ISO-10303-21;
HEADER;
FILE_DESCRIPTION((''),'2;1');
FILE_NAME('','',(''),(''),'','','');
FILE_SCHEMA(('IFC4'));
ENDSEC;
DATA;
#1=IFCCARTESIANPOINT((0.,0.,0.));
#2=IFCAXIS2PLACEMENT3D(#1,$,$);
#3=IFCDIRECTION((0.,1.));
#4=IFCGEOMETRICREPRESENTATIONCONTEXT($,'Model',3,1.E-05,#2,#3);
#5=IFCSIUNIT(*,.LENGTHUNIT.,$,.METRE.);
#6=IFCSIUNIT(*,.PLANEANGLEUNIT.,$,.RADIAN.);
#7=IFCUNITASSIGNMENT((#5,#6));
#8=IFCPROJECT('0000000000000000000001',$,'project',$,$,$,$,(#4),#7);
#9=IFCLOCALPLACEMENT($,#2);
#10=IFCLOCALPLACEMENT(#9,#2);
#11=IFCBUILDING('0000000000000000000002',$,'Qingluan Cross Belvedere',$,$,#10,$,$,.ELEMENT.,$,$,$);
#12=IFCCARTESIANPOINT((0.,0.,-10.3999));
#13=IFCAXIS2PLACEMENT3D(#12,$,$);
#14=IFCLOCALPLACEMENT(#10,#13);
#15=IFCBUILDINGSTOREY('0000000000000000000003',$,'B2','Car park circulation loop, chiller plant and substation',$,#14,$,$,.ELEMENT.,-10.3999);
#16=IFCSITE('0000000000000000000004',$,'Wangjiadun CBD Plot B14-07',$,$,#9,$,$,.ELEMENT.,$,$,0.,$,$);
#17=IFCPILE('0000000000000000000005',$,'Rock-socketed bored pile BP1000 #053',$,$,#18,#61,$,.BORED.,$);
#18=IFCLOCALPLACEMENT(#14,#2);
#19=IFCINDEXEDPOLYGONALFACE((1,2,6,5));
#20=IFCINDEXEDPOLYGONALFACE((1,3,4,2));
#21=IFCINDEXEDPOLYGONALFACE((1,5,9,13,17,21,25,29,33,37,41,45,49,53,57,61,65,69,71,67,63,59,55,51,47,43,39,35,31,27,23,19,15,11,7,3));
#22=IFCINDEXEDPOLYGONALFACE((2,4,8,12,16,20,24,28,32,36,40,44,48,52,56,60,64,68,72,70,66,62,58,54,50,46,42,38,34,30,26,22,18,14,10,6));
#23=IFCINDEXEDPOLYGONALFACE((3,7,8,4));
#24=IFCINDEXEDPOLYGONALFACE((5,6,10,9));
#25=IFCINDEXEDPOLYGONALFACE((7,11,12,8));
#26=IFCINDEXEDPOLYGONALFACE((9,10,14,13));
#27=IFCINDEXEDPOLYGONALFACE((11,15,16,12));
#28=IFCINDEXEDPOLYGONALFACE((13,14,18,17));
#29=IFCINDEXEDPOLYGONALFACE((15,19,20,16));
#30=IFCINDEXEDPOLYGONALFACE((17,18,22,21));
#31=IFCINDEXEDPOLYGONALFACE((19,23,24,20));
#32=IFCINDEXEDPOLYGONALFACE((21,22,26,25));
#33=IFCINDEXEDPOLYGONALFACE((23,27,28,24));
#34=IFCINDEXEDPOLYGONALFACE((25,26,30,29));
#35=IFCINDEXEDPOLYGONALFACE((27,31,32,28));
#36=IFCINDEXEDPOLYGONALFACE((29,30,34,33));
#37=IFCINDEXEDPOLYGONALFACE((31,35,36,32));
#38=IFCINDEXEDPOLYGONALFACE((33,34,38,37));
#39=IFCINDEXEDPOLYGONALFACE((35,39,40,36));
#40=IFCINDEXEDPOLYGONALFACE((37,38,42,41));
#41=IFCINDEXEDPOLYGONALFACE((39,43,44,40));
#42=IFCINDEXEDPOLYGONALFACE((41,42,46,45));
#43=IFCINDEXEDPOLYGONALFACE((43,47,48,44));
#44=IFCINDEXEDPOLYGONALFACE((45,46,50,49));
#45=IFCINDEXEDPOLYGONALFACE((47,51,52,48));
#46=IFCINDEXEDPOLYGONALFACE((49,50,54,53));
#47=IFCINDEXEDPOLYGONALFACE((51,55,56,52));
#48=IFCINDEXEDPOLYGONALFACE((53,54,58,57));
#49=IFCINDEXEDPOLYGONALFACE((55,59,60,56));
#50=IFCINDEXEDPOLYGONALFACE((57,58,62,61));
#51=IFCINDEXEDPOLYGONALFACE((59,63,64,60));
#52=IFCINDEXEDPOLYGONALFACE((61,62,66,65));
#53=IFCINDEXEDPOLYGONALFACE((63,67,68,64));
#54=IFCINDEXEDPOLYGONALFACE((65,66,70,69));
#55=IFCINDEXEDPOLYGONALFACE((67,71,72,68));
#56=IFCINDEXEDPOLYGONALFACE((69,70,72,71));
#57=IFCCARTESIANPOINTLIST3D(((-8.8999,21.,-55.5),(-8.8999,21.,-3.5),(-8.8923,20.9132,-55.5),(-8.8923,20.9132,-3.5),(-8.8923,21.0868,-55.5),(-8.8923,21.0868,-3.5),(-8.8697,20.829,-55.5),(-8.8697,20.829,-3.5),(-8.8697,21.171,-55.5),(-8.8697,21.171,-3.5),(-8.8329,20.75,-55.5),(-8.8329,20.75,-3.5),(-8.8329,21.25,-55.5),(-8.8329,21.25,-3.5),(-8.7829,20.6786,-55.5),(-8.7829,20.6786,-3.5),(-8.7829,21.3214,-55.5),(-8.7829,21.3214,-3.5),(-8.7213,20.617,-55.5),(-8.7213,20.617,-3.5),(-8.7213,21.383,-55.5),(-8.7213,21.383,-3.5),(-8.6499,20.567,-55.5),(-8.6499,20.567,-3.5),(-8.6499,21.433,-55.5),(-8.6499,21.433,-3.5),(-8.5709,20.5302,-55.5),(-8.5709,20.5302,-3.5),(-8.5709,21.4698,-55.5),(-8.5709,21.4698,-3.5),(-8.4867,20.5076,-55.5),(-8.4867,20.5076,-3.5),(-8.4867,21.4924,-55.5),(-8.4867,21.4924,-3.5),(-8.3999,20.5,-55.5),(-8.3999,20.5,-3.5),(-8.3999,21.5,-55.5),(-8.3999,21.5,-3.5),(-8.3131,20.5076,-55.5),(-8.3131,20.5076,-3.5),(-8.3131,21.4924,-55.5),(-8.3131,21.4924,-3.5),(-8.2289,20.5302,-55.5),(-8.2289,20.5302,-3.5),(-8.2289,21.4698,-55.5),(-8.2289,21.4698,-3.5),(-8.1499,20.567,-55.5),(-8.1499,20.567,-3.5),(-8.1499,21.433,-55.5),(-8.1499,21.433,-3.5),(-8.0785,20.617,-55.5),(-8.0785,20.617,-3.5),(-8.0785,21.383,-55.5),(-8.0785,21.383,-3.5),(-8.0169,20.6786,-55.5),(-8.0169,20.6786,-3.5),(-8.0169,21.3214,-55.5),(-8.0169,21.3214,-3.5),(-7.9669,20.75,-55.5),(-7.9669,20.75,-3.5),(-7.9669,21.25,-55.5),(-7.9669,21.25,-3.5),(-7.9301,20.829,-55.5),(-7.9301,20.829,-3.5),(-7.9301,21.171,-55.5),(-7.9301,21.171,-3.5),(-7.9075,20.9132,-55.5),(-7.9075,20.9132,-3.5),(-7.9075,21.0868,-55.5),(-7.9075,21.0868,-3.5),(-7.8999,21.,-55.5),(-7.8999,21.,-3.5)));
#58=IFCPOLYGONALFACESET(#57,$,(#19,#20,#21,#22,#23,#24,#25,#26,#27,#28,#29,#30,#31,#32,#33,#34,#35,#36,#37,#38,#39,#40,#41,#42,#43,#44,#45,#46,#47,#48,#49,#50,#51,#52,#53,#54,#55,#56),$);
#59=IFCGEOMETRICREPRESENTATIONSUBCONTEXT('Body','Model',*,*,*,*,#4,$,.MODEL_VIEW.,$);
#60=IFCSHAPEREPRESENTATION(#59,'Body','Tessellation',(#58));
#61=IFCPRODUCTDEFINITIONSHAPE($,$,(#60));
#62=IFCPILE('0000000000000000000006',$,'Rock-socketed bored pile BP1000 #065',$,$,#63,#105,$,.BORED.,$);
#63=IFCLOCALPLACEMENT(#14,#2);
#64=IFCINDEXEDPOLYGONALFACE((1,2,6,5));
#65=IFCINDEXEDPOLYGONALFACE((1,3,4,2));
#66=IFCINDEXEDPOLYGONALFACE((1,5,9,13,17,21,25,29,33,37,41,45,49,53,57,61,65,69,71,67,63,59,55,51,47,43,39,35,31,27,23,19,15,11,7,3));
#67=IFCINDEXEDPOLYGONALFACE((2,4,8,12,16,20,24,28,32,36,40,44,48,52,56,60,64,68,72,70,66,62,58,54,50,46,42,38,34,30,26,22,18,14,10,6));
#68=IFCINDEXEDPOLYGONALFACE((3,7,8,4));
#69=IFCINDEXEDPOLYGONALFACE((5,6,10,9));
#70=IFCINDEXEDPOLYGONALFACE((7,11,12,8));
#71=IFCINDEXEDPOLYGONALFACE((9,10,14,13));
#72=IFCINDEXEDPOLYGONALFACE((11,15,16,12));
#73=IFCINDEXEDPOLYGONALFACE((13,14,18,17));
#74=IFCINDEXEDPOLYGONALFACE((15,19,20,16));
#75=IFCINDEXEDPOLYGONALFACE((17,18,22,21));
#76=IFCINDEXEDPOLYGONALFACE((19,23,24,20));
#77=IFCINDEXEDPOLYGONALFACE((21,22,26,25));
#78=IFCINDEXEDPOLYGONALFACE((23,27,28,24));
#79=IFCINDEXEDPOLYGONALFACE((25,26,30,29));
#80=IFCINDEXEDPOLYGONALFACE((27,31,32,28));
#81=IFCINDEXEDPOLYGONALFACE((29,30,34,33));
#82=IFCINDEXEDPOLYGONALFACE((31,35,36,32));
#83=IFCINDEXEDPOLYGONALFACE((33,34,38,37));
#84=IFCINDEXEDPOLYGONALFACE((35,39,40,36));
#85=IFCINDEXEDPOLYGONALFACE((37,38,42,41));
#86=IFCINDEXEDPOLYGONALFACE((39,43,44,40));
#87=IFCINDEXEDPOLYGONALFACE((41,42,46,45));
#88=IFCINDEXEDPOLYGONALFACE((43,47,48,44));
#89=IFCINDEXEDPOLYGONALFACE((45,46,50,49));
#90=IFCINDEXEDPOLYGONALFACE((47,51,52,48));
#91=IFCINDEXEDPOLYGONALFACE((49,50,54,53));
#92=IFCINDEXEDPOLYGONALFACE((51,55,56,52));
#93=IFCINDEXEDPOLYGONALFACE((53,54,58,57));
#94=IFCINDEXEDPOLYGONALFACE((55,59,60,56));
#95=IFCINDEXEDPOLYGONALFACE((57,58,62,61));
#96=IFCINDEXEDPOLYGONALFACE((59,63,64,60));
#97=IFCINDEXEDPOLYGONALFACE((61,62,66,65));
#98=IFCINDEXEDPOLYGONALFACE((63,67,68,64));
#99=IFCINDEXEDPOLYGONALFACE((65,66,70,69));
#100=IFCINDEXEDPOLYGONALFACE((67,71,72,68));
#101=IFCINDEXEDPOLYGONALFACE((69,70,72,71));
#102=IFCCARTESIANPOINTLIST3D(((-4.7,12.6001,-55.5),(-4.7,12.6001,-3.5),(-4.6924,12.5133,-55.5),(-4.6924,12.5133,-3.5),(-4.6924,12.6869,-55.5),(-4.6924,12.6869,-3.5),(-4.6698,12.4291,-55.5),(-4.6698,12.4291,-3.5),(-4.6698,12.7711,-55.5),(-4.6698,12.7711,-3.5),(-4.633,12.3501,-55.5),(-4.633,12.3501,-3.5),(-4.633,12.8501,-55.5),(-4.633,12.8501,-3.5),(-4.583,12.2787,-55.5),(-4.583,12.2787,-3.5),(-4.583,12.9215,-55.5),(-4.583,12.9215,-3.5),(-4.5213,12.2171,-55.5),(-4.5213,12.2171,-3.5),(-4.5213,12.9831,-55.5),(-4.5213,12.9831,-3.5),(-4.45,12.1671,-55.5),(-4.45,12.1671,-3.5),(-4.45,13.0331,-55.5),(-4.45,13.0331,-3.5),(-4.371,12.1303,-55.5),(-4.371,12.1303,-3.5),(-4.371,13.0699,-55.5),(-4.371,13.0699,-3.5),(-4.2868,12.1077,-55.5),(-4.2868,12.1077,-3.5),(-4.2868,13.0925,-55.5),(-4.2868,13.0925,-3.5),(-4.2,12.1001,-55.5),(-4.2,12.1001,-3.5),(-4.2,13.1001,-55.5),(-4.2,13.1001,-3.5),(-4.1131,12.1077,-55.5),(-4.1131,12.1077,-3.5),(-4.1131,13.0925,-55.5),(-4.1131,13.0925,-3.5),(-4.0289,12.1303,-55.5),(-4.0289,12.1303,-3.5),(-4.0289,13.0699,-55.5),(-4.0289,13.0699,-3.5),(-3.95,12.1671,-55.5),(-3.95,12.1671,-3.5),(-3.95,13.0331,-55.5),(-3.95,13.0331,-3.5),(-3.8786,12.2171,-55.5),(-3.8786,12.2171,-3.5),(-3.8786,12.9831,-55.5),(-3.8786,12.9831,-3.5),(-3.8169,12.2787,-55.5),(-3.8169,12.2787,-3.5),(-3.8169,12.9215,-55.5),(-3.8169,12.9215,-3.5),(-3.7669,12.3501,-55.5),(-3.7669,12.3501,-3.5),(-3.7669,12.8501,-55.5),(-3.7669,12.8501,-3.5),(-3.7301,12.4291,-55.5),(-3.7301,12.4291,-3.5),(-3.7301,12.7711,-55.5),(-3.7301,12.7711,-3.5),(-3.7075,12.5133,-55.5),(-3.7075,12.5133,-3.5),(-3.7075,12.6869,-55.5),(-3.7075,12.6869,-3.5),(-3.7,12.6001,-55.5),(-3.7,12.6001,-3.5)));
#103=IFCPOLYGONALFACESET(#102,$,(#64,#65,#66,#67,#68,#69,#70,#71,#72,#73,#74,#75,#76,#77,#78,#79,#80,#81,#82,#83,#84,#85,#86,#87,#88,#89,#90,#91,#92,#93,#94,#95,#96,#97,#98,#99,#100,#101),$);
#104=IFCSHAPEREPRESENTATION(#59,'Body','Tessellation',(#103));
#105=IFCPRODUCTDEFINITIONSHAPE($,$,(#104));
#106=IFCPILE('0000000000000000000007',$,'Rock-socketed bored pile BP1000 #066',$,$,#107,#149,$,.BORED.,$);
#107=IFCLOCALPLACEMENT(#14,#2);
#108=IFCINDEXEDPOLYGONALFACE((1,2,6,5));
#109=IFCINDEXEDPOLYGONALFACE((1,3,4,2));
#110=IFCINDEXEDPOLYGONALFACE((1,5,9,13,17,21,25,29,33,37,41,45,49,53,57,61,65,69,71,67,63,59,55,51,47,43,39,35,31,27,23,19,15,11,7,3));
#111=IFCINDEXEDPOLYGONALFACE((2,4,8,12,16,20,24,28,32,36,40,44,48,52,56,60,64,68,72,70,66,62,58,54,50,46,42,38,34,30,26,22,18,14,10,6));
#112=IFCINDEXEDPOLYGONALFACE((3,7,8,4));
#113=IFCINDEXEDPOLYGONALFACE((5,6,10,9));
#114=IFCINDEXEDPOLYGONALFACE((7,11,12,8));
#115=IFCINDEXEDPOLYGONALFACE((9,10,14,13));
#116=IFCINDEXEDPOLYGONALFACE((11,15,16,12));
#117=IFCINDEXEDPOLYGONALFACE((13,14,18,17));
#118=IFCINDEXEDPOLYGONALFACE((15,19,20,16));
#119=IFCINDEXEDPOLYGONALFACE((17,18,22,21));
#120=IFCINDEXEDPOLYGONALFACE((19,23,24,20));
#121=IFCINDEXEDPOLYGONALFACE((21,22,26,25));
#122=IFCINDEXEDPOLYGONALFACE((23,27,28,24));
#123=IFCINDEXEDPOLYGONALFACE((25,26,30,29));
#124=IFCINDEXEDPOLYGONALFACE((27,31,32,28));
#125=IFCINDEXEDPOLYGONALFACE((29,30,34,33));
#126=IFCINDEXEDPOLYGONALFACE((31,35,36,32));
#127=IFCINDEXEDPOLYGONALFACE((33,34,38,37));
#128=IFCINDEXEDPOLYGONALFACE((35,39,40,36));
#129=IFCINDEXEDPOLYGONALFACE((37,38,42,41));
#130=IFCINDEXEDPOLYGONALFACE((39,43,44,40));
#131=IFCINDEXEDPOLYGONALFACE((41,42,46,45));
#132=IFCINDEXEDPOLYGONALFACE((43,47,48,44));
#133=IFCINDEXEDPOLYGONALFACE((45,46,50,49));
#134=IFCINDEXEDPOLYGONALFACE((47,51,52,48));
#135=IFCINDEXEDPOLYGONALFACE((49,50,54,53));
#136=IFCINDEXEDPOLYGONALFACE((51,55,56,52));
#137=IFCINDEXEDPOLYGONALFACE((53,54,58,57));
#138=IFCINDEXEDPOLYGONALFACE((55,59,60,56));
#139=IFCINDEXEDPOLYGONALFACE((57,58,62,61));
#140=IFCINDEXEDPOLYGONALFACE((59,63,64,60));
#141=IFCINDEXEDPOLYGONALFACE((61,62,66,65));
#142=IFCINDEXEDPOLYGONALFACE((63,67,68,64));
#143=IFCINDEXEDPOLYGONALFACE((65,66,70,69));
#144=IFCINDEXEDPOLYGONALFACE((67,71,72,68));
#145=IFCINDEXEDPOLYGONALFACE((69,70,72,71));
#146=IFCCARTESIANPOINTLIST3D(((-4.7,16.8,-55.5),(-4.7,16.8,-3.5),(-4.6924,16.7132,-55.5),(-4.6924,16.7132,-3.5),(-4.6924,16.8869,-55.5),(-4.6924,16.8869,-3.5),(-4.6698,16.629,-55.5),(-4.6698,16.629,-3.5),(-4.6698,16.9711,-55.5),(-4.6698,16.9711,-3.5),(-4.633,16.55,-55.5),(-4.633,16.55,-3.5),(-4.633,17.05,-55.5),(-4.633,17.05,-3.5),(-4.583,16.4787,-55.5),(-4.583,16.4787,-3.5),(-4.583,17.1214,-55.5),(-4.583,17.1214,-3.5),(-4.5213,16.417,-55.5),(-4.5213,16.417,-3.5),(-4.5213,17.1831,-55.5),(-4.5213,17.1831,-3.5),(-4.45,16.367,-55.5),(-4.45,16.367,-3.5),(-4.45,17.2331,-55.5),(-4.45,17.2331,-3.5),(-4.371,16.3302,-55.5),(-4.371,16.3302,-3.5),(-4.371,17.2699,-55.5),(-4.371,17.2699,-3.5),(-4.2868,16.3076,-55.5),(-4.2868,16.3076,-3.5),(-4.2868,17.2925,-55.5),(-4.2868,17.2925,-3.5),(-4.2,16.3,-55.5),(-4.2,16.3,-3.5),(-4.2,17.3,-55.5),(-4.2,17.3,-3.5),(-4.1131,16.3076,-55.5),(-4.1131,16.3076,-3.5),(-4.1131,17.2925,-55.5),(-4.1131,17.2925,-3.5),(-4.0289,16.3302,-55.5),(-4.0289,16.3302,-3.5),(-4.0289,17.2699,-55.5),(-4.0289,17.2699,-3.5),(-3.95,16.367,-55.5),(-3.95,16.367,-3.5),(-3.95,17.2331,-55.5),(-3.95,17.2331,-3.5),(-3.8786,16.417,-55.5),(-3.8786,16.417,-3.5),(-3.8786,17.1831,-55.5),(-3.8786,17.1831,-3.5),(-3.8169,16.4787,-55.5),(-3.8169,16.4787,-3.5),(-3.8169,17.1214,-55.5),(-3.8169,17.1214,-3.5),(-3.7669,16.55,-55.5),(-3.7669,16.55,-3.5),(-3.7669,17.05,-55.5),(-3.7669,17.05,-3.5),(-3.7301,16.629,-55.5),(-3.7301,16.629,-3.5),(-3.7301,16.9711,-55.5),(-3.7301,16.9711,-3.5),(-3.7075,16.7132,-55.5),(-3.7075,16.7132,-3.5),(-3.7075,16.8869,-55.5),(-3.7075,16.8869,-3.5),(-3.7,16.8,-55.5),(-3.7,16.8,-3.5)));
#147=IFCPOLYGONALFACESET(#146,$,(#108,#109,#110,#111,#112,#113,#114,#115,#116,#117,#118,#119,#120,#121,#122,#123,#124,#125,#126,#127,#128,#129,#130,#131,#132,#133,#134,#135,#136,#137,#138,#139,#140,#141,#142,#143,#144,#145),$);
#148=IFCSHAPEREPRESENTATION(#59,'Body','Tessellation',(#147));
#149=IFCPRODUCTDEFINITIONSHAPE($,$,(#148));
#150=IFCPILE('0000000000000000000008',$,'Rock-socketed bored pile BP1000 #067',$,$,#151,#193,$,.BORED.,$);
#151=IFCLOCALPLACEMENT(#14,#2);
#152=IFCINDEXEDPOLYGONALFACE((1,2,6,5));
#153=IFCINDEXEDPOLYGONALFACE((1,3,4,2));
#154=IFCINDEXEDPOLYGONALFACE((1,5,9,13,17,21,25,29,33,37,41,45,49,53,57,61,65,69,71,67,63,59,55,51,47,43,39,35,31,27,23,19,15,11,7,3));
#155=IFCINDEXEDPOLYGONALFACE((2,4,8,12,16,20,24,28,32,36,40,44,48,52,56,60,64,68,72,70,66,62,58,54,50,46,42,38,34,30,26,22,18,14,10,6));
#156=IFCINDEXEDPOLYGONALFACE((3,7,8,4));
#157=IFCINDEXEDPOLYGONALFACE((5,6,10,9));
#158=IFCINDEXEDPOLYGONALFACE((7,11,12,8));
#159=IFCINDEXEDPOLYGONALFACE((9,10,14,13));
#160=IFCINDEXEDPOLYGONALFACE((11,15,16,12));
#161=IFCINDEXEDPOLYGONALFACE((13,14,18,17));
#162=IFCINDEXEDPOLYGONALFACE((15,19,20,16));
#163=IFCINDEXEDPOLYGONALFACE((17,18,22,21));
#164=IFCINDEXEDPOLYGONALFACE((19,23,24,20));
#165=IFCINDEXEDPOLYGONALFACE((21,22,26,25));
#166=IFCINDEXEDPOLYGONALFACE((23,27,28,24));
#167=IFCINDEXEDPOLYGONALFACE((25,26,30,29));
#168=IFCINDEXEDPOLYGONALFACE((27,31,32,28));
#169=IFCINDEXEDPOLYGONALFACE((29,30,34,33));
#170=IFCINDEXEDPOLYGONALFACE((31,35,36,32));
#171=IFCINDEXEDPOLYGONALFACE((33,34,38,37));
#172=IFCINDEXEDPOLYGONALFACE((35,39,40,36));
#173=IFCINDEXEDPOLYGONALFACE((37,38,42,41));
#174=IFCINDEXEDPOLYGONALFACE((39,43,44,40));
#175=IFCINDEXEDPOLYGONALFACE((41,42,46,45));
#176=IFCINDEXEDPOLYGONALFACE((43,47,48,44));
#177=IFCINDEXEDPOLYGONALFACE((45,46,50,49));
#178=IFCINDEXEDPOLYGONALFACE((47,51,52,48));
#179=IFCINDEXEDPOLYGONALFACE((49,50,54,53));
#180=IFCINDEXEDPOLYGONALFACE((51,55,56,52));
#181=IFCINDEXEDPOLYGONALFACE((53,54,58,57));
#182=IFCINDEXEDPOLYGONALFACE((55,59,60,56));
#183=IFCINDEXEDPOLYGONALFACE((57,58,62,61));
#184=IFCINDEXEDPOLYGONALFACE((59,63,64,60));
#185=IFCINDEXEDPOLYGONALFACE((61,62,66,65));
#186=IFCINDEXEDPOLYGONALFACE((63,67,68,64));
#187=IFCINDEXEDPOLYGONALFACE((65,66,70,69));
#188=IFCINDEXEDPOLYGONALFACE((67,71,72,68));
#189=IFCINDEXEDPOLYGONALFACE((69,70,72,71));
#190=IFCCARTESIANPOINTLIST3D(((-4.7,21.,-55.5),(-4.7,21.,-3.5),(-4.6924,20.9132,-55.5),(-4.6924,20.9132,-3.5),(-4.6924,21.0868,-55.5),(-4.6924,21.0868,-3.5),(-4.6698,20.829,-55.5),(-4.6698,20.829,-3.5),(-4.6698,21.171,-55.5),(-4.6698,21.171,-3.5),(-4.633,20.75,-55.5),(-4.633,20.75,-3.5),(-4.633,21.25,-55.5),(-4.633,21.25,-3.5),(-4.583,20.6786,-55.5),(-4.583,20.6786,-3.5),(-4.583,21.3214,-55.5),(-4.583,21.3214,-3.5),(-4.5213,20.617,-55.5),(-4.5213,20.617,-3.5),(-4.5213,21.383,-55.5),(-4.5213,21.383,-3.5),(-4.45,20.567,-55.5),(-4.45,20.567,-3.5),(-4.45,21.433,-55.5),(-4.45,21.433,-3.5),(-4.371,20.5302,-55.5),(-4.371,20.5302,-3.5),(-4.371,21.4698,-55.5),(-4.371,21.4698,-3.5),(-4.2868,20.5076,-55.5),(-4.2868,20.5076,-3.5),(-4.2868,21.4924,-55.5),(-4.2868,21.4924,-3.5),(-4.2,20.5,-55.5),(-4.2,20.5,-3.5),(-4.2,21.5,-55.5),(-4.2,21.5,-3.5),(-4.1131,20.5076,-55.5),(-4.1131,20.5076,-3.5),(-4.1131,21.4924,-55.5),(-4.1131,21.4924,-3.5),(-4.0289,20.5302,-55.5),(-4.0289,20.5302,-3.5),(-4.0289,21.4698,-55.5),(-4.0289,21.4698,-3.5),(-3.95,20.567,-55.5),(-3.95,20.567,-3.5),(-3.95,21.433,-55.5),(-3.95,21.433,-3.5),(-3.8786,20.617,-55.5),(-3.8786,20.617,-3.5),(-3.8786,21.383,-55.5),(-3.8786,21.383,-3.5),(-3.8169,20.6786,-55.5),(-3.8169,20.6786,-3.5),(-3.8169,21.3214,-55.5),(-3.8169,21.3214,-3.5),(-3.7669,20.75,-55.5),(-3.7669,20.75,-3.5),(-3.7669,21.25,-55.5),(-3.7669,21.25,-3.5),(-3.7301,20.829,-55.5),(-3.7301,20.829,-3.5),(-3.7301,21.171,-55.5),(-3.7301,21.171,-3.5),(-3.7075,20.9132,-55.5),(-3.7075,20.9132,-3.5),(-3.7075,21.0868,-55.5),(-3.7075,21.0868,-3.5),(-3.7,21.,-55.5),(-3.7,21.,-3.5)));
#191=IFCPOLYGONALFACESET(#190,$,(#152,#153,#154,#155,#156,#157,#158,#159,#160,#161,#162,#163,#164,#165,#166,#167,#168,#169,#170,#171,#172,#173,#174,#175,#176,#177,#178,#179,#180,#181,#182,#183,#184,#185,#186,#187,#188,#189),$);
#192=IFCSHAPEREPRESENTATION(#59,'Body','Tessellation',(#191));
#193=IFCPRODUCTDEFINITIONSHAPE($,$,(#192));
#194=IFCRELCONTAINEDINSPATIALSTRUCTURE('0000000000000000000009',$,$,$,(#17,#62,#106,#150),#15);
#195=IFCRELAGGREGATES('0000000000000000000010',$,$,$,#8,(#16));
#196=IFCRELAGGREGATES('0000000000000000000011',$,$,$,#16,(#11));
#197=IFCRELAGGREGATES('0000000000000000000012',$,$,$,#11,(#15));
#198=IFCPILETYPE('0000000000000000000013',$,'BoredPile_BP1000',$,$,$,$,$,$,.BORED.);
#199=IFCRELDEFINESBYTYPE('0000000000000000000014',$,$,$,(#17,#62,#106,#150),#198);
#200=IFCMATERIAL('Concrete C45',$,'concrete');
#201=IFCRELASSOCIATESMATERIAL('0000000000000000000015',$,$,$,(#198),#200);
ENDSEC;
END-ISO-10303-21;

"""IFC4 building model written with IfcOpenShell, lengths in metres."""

from ifc_helpers import new_model, si_unit, direction, frame, origin, origin_2d, place, context, subcontext, project, spatial, circle, extrude, material, material_profile, profile_set, type_object, element, save


model = new_model("IFC4")

# Units and contexts
model_context = context("Model", 3, precision=1e-05, world=origin(), true_north=direction((0.0, 1.0)))
body_context = subcontext(model_context, "Body", "Model", "MODEL_VIEW")
ifc_project = project(units=[si_unit("LENGTHUNIT", "METRE"), si_unit("PLANEANGLEUNIT", "RADIAN")], contexts=[model_context])

# Site, building, storey
site_placement = place(None, origin())
site = spatial("IfcSite", under=ifc_project, at=site_placement, Name="Wangjiadun CBD Plot B14-07", CompositionType="ELEMENT", RefElevation=0.0)
building_placement = place(site_placement, origin())
building = spatial("IfcBuilding", under=site, at=building_placement, Name="Qingluan Cross Belvedere", CompositionType="ELEMENT")
storey_placement = place(building_placement, frame((0.0, 0.0, -10.3999)))
storey = spatial("IfcBuildingStorey", under=building, at=storey_placement, Name="B2", Description="Car park circulation loop, chiller plant and substation", CompositionType="ELEMENT", Elevation=-10.3999)

# Piles
ifc_material_1 = material(Name="Concrete C45", Category="concrete")
ifc_material_profile_1 = material_profile(ifc_material_1, circle(Radius=0.5, at=origin_2d()), Name="BP1000")
ifc_profile_set_1 = profile_set([ifc_material_profile_1], Name="Concrete C45")
pile_type_1 = type_object("IfcPileType", Name="BoredPile_BP1000", PredefinedType="BORED", material=ifc_profile_set_1)
for number, where, z_axis, x_axis, name in (
    (1, (-8.3999, 21.0, -3.5), (0.0, 0.0, -1.0), (1.0, 0.0, 0.0), "Rock-socketed bored pile BP1000 #053"),
    (2, (-4.2, 12.6001, -3.5), (0.0, 0.0, -1.0), (1.0, 0.0, 0.0), "Rock-socketed bored pile BP1000 #065"),
    (3, (-4.2, 16.8, -3.5), (0.0, 0.0, -1.0), (1.0, 0.0, 0.0), "Rock-socketed bored pile BP1000 #066"),
    (4, (-4.2, 21.0, -3.5), (0.0, 0.0, -1.0), (1.0, 0.0, 0.0), "Rock-socketed bored pile BP1000 #067"),
):
    element("IfcPile", number, at=place(storey_placement, frame(where, z_axis=z_axis, x_axis=x_axis)), inside=storey, type_object=pile_type_1, Name=name, PredefinedType="BORED", context=body_context, shape_type="SweptSolid", body=[
        extrude(circle(Radius=0.5, at=origin_2d()), origin(), (0.0, 0.0, 1.0), 52.0),
    ])

save(model, "model.ifc")
